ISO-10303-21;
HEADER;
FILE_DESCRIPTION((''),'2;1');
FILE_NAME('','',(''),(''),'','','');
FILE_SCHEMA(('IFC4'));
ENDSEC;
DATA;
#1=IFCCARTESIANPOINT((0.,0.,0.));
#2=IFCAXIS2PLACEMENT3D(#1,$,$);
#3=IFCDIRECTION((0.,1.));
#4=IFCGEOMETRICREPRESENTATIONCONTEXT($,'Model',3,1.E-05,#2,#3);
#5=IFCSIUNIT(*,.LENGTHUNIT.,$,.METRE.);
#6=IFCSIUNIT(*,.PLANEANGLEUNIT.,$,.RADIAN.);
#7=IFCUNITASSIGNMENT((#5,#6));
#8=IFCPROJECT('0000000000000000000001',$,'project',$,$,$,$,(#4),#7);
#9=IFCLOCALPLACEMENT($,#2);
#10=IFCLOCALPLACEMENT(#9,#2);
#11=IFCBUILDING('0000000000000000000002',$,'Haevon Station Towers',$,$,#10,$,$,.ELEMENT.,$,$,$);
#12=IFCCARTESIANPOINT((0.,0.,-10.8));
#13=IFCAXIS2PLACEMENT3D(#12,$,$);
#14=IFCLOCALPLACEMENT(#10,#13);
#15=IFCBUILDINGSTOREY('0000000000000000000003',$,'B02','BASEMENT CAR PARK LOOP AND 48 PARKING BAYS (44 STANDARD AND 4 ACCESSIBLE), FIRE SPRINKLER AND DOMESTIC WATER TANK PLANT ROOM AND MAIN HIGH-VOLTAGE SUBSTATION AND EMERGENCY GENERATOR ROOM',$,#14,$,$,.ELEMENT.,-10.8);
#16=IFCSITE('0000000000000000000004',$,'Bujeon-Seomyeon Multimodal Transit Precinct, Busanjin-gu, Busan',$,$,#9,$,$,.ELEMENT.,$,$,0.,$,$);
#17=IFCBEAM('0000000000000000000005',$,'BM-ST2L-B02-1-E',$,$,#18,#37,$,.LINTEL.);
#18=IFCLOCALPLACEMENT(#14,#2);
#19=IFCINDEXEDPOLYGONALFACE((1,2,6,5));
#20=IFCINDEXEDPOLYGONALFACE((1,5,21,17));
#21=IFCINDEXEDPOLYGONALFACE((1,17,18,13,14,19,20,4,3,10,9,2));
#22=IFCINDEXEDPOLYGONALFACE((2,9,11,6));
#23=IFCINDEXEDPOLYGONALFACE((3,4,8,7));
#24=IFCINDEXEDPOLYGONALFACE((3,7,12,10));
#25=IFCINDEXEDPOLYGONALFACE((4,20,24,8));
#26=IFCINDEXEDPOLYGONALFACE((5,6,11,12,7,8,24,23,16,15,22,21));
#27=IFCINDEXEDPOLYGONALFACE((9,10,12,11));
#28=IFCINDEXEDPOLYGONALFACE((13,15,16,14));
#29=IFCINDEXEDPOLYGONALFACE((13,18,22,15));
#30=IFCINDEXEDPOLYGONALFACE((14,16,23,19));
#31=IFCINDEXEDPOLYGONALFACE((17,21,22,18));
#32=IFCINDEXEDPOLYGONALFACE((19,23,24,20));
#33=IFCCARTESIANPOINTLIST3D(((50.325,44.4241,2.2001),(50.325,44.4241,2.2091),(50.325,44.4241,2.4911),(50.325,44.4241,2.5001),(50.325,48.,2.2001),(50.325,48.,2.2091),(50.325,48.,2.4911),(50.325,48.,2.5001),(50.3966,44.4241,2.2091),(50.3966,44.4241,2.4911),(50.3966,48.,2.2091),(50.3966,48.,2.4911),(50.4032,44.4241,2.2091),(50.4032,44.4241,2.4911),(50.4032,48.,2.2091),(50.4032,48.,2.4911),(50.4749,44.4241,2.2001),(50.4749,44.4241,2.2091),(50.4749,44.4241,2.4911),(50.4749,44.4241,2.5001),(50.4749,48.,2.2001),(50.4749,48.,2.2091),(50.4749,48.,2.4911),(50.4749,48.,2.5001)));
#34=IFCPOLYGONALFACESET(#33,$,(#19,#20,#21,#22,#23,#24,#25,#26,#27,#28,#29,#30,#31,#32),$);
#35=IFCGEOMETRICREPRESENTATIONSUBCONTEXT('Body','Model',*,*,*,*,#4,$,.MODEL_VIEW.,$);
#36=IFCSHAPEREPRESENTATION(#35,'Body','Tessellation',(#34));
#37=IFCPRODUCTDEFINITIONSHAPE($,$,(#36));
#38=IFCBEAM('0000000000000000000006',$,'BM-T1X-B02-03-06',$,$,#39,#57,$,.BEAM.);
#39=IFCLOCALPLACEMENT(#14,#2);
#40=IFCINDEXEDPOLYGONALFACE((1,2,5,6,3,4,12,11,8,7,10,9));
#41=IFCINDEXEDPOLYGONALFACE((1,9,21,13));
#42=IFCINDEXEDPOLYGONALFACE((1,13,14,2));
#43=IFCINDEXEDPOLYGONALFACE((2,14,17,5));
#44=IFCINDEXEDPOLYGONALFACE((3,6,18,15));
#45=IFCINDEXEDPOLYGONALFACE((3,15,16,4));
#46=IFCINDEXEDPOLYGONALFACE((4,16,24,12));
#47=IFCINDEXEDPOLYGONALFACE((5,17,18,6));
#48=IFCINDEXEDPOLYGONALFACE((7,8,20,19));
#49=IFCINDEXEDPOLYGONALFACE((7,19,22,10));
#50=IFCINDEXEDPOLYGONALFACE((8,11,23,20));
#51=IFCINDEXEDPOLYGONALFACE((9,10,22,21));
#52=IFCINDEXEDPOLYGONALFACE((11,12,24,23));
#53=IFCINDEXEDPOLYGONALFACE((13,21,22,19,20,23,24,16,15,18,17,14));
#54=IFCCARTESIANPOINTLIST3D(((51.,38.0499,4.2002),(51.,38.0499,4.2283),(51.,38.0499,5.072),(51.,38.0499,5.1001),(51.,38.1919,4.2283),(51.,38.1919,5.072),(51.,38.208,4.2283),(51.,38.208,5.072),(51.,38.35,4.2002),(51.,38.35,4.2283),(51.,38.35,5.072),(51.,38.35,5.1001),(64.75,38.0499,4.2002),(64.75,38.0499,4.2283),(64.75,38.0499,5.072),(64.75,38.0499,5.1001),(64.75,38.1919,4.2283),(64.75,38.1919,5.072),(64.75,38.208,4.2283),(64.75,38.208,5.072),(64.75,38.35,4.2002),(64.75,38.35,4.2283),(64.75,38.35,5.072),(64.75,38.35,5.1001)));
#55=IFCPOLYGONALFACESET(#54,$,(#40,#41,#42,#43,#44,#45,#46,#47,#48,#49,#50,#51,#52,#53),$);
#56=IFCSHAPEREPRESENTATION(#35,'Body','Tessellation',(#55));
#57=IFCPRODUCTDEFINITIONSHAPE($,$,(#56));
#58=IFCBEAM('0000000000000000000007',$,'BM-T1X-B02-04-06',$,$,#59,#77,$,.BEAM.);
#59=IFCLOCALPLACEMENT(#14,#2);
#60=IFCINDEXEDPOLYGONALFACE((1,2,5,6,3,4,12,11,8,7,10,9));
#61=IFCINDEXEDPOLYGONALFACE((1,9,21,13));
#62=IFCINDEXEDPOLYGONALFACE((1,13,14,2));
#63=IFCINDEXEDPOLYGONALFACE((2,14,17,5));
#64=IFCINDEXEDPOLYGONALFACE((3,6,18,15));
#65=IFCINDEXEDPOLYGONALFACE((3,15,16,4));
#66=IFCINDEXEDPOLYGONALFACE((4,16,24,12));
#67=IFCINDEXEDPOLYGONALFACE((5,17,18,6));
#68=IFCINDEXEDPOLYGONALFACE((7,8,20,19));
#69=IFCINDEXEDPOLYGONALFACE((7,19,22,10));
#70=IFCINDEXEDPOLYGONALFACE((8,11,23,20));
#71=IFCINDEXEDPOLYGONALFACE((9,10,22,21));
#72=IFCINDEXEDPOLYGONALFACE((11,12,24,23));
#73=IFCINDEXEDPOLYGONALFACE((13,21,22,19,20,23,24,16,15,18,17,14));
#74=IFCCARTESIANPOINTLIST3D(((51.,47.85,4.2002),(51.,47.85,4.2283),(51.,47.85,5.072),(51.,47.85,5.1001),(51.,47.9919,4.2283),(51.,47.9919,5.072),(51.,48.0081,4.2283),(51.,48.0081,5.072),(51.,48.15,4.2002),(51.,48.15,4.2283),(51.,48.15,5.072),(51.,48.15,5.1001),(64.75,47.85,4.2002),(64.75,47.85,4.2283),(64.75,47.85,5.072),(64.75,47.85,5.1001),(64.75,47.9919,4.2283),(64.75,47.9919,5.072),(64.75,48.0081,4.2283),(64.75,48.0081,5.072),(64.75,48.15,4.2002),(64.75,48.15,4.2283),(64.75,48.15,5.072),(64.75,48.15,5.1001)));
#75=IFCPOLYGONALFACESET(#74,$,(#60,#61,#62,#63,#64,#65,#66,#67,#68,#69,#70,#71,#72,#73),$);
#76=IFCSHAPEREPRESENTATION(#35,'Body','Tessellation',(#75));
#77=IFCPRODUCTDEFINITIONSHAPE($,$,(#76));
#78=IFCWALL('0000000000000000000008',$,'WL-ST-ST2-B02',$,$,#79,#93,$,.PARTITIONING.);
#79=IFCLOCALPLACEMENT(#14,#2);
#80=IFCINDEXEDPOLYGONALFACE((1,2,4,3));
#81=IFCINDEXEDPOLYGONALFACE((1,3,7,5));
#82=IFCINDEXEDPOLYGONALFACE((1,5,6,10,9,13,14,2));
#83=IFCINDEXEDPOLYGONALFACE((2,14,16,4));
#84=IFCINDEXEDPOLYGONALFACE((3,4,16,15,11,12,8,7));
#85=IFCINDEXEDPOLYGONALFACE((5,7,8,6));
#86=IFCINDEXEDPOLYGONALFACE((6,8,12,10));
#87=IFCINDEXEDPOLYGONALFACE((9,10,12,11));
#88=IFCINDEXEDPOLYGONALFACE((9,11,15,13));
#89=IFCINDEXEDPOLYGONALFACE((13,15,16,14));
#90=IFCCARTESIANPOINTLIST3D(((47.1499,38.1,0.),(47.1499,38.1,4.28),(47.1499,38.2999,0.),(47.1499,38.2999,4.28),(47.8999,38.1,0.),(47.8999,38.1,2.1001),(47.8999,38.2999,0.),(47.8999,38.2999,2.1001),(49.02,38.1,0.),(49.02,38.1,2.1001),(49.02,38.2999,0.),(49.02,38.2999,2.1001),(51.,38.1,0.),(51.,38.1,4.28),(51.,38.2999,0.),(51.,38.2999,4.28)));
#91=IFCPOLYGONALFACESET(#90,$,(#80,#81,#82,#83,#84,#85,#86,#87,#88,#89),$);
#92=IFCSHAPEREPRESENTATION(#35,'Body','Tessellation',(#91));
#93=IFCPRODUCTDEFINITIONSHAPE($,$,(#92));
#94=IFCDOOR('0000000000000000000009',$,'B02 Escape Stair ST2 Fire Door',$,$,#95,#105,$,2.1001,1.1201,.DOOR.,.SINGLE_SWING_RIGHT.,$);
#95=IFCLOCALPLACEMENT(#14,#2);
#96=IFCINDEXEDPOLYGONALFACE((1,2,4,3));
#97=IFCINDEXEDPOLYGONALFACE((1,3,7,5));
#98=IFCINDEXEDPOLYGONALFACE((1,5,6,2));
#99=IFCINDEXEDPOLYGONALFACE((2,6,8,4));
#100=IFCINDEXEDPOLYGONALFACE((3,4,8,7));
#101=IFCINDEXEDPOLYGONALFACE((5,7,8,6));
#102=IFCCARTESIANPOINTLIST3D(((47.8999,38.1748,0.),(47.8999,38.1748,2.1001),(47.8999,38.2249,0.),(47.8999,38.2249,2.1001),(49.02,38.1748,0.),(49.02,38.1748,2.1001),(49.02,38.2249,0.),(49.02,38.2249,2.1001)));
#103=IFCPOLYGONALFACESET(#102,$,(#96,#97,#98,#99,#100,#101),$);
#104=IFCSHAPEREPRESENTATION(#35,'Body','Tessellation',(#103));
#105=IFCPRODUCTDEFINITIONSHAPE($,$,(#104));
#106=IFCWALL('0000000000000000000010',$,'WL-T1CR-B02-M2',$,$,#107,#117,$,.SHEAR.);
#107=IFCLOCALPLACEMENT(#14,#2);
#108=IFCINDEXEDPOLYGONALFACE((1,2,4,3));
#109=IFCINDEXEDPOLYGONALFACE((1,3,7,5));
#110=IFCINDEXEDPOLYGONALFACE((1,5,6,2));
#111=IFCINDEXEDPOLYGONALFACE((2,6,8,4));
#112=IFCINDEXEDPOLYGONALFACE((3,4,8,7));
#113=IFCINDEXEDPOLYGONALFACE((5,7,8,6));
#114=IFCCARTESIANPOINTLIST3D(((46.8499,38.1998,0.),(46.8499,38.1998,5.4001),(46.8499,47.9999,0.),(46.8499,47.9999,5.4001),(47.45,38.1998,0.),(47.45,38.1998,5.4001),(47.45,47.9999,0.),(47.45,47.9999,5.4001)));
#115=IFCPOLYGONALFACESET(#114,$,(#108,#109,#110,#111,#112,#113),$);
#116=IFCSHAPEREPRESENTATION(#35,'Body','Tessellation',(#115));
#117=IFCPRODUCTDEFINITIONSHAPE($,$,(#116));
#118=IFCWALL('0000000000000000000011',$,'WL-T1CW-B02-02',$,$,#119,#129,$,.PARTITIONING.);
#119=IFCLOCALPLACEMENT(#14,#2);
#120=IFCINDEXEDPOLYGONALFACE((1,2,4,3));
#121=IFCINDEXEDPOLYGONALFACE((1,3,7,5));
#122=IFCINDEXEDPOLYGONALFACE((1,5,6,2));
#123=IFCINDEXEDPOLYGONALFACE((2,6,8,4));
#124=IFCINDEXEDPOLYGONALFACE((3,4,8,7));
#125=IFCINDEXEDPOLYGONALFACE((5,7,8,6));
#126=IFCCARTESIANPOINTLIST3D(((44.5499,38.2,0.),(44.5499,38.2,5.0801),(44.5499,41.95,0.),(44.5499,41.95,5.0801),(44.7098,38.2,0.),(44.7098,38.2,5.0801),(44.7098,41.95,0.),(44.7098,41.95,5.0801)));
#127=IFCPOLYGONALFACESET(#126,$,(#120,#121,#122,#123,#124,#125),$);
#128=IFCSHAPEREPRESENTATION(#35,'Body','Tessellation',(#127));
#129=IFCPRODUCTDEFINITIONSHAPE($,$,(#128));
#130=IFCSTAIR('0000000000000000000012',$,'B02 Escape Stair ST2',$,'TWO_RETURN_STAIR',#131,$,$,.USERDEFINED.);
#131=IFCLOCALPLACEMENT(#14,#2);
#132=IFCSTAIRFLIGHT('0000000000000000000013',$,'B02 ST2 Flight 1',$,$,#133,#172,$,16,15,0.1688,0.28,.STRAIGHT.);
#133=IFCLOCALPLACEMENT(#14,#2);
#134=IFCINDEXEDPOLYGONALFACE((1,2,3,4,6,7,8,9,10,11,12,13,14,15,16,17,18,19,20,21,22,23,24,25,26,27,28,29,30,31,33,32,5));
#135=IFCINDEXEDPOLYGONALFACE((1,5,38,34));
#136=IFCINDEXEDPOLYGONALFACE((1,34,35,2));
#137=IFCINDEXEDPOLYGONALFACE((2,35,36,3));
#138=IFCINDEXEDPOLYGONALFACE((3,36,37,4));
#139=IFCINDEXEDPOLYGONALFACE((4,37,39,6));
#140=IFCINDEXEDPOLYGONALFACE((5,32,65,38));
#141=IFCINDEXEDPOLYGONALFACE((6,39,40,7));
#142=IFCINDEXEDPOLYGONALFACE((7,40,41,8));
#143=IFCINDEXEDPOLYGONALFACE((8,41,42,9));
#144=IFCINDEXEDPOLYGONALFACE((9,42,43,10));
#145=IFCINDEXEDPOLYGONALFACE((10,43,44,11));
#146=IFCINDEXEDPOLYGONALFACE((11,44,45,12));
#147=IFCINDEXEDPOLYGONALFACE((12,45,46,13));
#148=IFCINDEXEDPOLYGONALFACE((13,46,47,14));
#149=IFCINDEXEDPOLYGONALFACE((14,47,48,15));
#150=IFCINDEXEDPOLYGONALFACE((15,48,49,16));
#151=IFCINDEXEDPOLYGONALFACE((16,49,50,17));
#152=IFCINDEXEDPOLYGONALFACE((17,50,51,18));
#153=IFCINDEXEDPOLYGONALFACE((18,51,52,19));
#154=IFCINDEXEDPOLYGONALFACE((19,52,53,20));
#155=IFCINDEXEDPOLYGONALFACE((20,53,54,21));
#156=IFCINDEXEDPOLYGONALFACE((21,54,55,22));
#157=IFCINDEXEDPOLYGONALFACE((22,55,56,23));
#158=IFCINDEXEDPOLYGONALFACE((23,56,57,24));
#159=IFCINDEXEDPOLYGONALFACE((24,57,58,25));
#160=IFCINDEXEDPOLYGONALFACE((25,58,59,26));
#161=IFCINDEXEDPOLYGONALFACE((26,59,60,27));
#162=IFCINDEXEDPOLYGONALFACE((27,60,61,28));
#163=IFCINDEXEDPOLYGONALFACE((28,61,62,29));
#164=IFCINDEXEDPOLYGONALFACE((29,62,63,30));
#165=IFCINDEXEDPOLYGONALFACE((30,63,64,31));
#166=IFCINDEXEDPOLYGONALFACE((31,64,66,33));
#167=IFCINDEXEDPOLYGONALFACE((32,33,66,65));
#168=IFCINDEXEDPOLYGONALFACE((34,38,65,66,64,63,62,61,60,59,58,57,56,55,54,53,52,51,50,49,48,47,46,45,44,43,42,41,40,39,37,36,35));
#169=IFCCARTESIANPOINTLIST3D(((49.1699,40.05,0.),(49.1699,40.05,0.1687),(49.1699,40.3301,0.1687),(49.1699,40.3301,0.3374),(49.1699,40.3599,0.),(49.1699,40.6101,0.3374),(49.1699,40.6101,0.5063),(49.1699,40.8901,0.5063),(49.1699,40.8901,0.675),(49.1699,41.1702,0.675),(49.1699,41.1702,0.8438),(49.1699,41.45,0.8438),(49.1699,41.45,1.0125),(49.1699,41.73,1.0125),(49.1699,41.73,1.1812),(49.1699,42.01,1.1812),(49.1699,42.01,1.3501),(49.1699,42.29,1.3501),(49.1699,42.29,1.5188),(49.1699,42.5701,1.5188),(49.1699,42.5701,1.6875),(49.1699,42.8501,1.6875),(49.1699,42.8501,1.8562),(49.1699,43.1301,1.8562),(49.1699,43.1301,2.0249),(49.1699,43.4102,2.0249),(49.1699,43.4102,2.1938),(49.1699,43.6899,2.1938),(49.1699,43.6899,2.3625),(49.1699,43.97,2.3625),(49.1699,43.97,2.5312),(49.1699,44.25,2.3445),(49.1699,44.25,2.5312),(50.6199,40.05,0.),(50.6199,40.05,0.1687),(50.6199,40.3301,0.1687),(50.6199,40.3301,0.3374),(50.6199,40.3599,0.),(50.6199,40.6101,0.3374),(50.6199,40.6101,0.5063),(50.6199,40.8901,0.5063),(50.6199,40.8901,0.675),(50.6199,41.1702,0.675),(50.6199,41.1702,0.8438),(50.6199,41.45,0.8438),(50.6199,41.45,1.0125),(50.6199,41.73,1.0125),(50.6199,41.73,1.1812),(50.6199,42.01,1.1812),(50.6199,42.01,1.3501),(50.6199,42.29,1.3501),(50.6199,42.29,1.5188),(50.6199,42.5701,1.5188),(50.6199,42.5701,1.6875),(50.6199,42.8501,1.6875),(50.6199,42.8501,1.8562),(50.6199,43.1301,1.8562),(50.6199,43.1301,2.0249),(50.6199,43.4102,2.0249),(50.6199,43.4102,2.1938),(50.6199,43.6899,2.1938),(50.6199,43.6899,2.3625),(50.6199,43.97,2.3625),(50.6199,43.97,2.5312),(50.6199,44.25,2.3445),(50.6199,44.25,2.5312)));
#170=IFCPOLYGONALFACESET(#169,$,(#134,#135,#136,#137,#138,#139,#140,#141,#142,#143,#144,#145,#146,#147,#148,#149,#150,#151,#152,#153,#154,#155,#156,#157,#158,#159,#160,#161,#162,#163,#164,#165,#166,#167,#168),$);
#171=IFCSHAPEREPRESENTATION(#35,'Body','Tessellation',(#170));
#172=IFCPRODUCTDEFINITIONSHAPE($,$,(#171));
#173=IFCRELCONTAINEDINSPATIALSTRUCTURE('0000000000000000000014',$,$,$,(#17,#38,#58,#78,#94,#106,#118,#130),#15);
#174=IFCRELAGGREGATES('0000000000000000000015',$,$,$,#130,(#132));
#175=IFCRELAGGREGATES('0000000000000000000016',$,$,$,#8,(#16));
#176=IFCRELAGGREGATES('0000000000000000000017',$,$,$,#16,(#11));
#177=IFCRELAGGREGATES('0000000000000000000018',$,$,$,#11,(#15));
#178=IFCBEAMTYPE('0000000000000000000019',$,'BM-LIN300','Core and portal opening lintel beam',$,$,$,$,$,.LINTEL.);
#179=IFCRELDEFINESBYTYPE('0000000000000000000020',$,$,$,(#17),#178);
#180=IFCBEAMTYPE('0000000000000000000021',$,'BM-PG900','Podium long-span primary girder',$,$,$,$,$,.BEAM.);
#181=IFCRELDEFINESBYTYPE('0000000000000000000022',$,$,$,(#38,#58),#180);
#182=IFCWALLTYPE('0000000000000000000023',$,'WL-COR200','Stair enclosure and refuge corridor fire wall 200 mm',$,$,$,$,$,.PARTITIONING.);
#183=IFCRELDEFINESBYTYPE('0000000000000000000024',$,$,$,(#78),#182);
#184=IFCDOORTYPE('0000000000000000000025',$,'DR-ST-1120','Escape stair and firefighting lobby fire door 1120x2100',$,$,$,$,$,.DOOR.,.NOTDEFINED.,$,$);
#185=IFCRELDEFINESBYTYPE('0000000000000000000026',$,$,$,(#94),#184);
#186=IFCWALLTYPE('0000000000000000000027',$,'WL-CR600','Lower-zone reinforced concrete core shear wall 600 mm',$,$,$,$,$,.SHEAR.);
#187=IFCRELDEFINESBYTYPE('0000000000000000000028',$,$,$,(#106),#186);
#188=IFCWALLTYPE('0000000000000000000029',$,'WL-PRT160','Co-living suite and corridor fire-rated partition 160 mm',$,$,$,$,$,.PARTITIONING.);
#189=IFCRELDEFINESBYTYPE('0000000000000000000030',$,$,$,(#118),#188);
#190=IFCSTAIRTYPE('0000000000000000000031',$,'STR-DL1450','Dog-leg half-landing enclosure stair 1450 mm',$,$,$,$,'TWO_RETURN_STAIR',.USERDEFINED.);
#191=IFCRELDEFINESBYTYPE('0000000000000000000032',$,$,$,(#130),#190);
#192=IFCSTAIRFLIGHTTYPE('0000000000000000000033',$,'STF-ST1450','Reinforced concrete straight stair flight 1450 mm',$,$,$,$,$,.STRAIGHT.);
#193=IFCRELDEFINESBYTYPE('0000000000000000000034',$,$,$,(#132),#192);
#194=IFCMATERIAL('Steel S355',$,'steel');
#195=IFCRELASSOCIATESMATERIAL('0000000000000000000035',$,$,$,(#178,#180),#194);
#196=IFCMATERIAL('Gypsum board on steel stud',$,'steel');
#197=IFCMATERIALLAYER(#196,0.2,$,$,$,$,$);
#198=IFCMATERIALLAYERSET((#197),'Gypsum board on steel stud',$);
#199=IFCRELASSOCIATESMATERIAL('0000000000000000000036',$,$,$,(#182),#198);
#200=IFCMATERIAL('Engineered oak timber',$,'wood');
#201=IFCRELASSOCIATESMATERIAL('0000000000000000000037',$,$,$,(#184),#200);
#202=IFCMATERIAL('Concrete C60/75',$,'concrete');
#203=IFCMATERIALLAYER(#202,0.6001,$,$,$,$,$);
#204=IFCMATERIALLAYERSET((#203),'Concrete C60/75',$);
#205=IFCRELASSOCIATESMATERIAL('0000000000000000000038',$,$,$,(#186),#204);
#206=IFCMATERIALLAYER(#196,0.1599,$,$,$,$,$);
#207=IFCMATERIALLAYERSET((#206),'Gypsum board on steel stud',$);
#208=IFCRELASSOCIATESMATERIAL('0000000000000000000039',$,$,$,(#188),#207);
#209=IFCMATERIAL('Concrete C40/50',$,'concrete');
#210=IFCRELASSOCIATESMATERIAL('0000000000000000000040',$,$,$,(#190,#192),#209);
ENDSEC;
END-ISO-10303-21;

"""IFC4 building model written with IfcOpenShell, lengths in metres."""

from ifc_helpers import new_model, si_unit, direction, frame, frame_2d, origin, origin_2d, place, context, subcontext, project, spatial, polyline, rectangle, i_section, outline, extrude, material, layer, layer_set, material_profile, profile_set, type_object, element, fill, aggregate, save


model = new_model("IFC4")

# Units and contexts
model_context = context("Model", 3, precision=1e-05, world=origin(), true_north=direction((0.0, 1.0)))
body_context = subcontext(model_context, "Body", "Model", "MODEL_VIEW")
ifc_project = project(units=[si_unit("LENGTHUNIT", "METRE"), si_unit("PLANEANGLEUNIT", "RADIAN")], contexts=[model_context])

# Site, building, storey
site_placement = place(None, origin())
site = spatial("IfcSite", under=ifc_project, at=site_placement, Name="Bujeon-Seomyeon Multimodal Transit Precinct, Busanjin-gu, Busan", CompositionType="ELEMENT", RefElevation=0.0)
building_placement = place(site_placement, origin())
building = spatial("IfcBuilding", under=site, at=building_placement, Name="Haevon Station Towers", CompositionType="ELEMENT")
storey_placement = place(building_placement, frame((0.0, 0.0, -10.8)))
storey = spatial("IfcBuildingStorey", under=building, at=storey_placement, Name="B02", Description="BASEMENT CAR PARK LOOP AND 48 PARKING BAYS (44 STANDARD AND 4 ACCESSIBLE), FIRE SPRINKLER AND DOMESTIC WATER TANK PLANT ROOM AND MAIN HIGH-VOLTAGE SUBSTATION AND EMERGENCY GENERATOR ROOM", CompositionType="ELEMENT", Elevation=-10.8)

# Beams
ifc_material_1 = material(Name="Steel S355", Category="steel")
ifc_material_profile_1 = material_profile(ifc_material_1, i_section(OverallWidth=0.1499, OverallDepth=0.3, WebThickness=0.0066, FlangeThickness=0.009, at=origin_2d()), Name="H-300x150x6.5x9")
ifc_profile_set_1 = profile_set([ifc_material_profile_1], Name="Steel S355")
beam_type_1 = type_object("IfcBeamType", Name="BM-LIN300", Description="Core and portal opening lintel beam", PredefinedType="LINTEL", material=ifc_profile_set_1)
for number, where, z_axis, x_axis, name in (
    (1, (50.3999, 44.4241, 2.3501), (0.0, 1.0, 0.0), (-1.0, 0.0, 0.0), "BM-ST2L-B02-1-E"),
):
    element("IfcBeam", number, at=place(storey_placement, frame(where, z_axis=z_axis, x_axis=x_axis)), inside=storey, type_object=beam_type_1, Name=name, PredefinedType="LINTEL", context=body_context, shape_type="SweptSolid", body=[
        extrude(i_section(OverallWidth=0.1499, OverallDepth=0.3, WebThickness=0.0066, FlangeThickness=0.009, at=origin_2d()), origin(), (0.0, 0.0, 1.0), 3.5759),
    ])
ifc_material_profile_2 = material_profile(ifc_material_1, i_section(OverallWidth=0.3, OverallDepth=0.8999, WebThickness=0.0161, FlangeThickness=0.0281, at=origin_2d()), Name="H-900x300x16x28")
ifc_profile_set_2 = profile_set([ifc_material_profile_2], Name="Steel S355")
beam_type_2 = type_object("IfcBeamType", Name="BM-PG900", Description="Podium long-span primary girder", PredefinedType="BEAM", material=ifc_profile_set_2)
for number, where, z_axis, x_axis, name in (
    (2, (51.0, 38.2, 4.6501), (1.0, 0.0, 0.0), (0.0, 1.0, 0.0), "BM-T1X-B02-03-06"),
    (3, (51.0, 48.0, 4.6501), (1.0, 0.0, 0.0), (0.0, 1.0, 0.0), "BM-T1X-B02-04-06"),
):
    element("IfcBeam", number, at=place(storey_placement, frame(where, z_axis=z_axis, x_axis=x_axis)), inside=storey, type_object=beam_type_2, Name=name, PredefinedType="BEAM", context=body_context, shape_type="SweptSolid", body=[
        extrude(i_section(OverallWidth=0.3, OverallDepth=0.8999, WebThickness=0.0161, FlangeThickness=0.0281, at=origin_2d()), origin(), (0.0, 0.0, 1.0), 13.75),
    ])

# Wall, opening, door
ifc_material_2 = material(Name="Gypsum board on steel stud", Category="steel")
ifc_layer_1 = layer(ifc_material_2, 0.2)
ifc_layer_set_1 = layer_set([ifc_layer_1], Name="Gypsum board on steel stud")
wall_type_1 = type_object("IfcWallType", Name="WL-COR200", Description="Stair enclosure and refuge corridor fire wall 200 mm", PredefinedType="PARTITIONING", material=ifc_layer_set_1)
wall_1_placement = place(storey_placement, frame((47.1499, 38.2, 0.0), z_axis=(0.0, 0.0, 1.0), x_axis=(1.0, 0.0, 0.0)))
wall_1 = element("IfcWall", 4, at=wall_1_placement, inside=storey, type_object=wall_type_1, Name="WL-ST-ST2-B02", PredefinedType="PARTITIONING", context=body_context, shape_type="SweptSolid", body=[
    extrude(rectangle(XDim=3.8501, YDim=0.2, at=frame_2d((1.925, 0.0))), origin(), (0.0, 0.0, 1.0), 4.28),
])
opening_placement = place(wall_1_placement, frame((0.75, 0.0, 0.0)))
opening = element("IfcOpeningElement", 5, at=opening_placement, cuts=wall_1, PredefinedType="OPENING", context=body_context, shape_type="SweptSolid", body=[
    extrude(rectangle(XDim=1.1201, YDim=2.1001, at=frame_2d((0.5601, 1.05))), frame((0.0, 0.1099, 0.0), z_axis=(0.0, -1.0, 0.0), x_axis=(1.0, 0.0, 0.0)), (0.0, 0.0, 1.0), 0.22),
])
ifc_material_3 = material(Name="Engineered oak timber", Category="wood")
door_type = type_object("IfcDoorType", Name="DR-ST-1120", Description="Escape stair and firefighting lobby fire door 1120x2100", OperationType="NOTDEFINED", PredefinedType="DOOR", material=ifc_material_3)
door_placement = place(opening_placement, origin())
door = element("IfcDoor", 6, at=door_placement, inside=storey, type_object=door_type, Name="B02 Escape Stair ST2 Fire Door", OperationType="SINGLE_SWING_RIGHT", OverallHeight=2.1001, OverallWidth=1.1201, PredefinedType="DOOR", context=body_context, shape_type="SweptSolid", body=[
    extrude(rectangle(XDim=1.1201, YDim=2.1001, at=frame_2d((0.5601, 1.05))), frame((0.0, 0.0249, 0.0), z_axis=(0.0, -1.0, 0.0), x_axis=(1.0, 0.0, 0.0)), (0.0, 0.0, 1.0), 0.05),
])
fill(opening, door)

# Walls
ifc_material_4 = material(Name="Concrete C60/75", Category="concrete")
ifc_layer_2 = layer(ifc_material_4, 0.6001)
ifc_layer_set_2 = layer_set([ifc_layer_2], Name="Concrete C60/75")
wall_type_2 = type_object("IfcWallType", Name="WL-CR600", Description="Lower-zone reinforced concrete core shear wall 600 mm", PredefinedType="SHEAR", material=ifc_layer_set_2)
wall_2_placement = place(storey_placement, frame((47.1499, 38.2, 0.0), z_axis=(0.0, 0.0, 1.0), x_axis=(0.0, 1.0, 0.0)))
element("IfcWall", 7, at=wall_2_placement, inside=storey, type_object=wall_type_2, Name="WL-T1CR-B02-M2", PredefinedType="SHEAR", context=body_context, shape_type="SweptSolid", body=[
    extrude(rectangle(XDim=9.8, YDim=0.6001, at=frame_2d((4.8999, 0.0))), origin(), (0.0, 0.0, 1.0), 5.4001),
])
ifc_layer_3 = layer(ifc_material_2, 0.1599)
ifc_layer_set_3 = layer_set([ifc_layer_3], Name="Gypsum board on steel stud")
wall_type_3 = type_object("IfcWallType", Name="WL-PRT160", Description="Co-living suite and corridor fire-rated partition 160 mm", PredefinedType="PARTITIONING", material=ifc_layer_set_3)
wall_3_placement = place(storey_placement, frame((44.6299, 38.2, 0.0), z_axis=(0.0, 0.0, 1.0), x_axis=(0.0, 1.0, 0.0)))
element("IfcWall", 8, at=wall_3_placement, inside=storey, type_object=wall_type_3, Name="WL-T1CW-B02-02", PredefinedType="PARTITIONING", context=body_context, shape_type="SweptSolid", body=[
    extrude(rectangle(XDim=3.75, YDim=0.1599, at=frame_2d((1.875, 0.0))), origin(), (0.0, 0.0, 1.0), 5.0801),
])

# Stair, stair flight
ifc_material_5 = material(Name="Concrete C40/50", Category="concrete")
stair_type = type_object("IfcStairType", Name="STR-DL1450", Description="Dog-leg half-landing enclosure stair 1450 mm", ElementType="TWO_RETURN_STAIR", PredefinedType="USERDEFINED", material=ifc_material_5)
stair_placement = place(storey_placement, origin())
stair = element("IfcStair", 9, at=stair_placement, inside=storey, type_object=stair_type, Name="B02 Escape Stair ST2", ObjectType="TWO_RETURN_STAIR", PredefinedType="USERDEFINED")
stair_flight_type = type_object("IfcStairFlightType", Name="STF-ST1450", Description="Reinforced concrete straight stair flight 1450 mm", PredefinedType="STRAIGHT", material=ifc_material_5)
stair_flight_1_placement = place(storey_placement, frame((49.895, 40.05, 0.0), z_axis=(0.0, 0.0, 1.0), x_axis=(0.0, 1.0, 0.0)))
stair_flight_1 = element("IfcStairFlight", 10, at=stair_flight_1_placement, type_object=stair_flight_type, Name="B02 ST2 Flight 1", NumberOfRisers=16, NumberOfTreads=15, PredefinedType="STRAIGHT", RiserHeight=0.1688, TreadLength=0.28, context=body_context, shape_type="SweptSolid", body=[
    extrude(outline(polyline([(0.0, 0.0), (0.0, 0.1687), (0.28, 0.1687), (0.28, 0.3374), (0.5601, 0.3374), (0.5601, 0.5063), (0.8401, 0.5063), (0.8401, 0.675), (1.1201, 0.675), (1.1201, 0.8438), (1.3999, 0.8438), (1.3999, 1.0125), (1.6799, 1.0125), (1.6799, 1.1812), (1.96, 1.1812), (1.96, 1.3501), (2.24, 1.3501), (2.24, 1.5188), (2.52, 1.5188), (2.52, 1.6875), (2.8, 1.6875), (2.8, 1.8562), (3.0801, 1.8562), (3.0801, 2.0249), (3.3601, 2.0249), (3.3601, 2.1938), (3.6399, 2.1938), (3.6399, 2.3625), (3.9199, 2.3625), (3.9199, 2.5312), (4.2, 2.5312), (4.2, 2.7), (4.2, 2.3445), (0.3098, 0.0), (0.0, 0.0)])), frame((0.0, 0.7251, 0.0), z_axis=(0.0, -1.0, 0.0), x_axis=(1.0, 0.0, 0.0)), (0.0, 0.0, 1.0), 1.45),
])
aggregate(stair, [stair_flight_1])

save(model, "model.ifc")
